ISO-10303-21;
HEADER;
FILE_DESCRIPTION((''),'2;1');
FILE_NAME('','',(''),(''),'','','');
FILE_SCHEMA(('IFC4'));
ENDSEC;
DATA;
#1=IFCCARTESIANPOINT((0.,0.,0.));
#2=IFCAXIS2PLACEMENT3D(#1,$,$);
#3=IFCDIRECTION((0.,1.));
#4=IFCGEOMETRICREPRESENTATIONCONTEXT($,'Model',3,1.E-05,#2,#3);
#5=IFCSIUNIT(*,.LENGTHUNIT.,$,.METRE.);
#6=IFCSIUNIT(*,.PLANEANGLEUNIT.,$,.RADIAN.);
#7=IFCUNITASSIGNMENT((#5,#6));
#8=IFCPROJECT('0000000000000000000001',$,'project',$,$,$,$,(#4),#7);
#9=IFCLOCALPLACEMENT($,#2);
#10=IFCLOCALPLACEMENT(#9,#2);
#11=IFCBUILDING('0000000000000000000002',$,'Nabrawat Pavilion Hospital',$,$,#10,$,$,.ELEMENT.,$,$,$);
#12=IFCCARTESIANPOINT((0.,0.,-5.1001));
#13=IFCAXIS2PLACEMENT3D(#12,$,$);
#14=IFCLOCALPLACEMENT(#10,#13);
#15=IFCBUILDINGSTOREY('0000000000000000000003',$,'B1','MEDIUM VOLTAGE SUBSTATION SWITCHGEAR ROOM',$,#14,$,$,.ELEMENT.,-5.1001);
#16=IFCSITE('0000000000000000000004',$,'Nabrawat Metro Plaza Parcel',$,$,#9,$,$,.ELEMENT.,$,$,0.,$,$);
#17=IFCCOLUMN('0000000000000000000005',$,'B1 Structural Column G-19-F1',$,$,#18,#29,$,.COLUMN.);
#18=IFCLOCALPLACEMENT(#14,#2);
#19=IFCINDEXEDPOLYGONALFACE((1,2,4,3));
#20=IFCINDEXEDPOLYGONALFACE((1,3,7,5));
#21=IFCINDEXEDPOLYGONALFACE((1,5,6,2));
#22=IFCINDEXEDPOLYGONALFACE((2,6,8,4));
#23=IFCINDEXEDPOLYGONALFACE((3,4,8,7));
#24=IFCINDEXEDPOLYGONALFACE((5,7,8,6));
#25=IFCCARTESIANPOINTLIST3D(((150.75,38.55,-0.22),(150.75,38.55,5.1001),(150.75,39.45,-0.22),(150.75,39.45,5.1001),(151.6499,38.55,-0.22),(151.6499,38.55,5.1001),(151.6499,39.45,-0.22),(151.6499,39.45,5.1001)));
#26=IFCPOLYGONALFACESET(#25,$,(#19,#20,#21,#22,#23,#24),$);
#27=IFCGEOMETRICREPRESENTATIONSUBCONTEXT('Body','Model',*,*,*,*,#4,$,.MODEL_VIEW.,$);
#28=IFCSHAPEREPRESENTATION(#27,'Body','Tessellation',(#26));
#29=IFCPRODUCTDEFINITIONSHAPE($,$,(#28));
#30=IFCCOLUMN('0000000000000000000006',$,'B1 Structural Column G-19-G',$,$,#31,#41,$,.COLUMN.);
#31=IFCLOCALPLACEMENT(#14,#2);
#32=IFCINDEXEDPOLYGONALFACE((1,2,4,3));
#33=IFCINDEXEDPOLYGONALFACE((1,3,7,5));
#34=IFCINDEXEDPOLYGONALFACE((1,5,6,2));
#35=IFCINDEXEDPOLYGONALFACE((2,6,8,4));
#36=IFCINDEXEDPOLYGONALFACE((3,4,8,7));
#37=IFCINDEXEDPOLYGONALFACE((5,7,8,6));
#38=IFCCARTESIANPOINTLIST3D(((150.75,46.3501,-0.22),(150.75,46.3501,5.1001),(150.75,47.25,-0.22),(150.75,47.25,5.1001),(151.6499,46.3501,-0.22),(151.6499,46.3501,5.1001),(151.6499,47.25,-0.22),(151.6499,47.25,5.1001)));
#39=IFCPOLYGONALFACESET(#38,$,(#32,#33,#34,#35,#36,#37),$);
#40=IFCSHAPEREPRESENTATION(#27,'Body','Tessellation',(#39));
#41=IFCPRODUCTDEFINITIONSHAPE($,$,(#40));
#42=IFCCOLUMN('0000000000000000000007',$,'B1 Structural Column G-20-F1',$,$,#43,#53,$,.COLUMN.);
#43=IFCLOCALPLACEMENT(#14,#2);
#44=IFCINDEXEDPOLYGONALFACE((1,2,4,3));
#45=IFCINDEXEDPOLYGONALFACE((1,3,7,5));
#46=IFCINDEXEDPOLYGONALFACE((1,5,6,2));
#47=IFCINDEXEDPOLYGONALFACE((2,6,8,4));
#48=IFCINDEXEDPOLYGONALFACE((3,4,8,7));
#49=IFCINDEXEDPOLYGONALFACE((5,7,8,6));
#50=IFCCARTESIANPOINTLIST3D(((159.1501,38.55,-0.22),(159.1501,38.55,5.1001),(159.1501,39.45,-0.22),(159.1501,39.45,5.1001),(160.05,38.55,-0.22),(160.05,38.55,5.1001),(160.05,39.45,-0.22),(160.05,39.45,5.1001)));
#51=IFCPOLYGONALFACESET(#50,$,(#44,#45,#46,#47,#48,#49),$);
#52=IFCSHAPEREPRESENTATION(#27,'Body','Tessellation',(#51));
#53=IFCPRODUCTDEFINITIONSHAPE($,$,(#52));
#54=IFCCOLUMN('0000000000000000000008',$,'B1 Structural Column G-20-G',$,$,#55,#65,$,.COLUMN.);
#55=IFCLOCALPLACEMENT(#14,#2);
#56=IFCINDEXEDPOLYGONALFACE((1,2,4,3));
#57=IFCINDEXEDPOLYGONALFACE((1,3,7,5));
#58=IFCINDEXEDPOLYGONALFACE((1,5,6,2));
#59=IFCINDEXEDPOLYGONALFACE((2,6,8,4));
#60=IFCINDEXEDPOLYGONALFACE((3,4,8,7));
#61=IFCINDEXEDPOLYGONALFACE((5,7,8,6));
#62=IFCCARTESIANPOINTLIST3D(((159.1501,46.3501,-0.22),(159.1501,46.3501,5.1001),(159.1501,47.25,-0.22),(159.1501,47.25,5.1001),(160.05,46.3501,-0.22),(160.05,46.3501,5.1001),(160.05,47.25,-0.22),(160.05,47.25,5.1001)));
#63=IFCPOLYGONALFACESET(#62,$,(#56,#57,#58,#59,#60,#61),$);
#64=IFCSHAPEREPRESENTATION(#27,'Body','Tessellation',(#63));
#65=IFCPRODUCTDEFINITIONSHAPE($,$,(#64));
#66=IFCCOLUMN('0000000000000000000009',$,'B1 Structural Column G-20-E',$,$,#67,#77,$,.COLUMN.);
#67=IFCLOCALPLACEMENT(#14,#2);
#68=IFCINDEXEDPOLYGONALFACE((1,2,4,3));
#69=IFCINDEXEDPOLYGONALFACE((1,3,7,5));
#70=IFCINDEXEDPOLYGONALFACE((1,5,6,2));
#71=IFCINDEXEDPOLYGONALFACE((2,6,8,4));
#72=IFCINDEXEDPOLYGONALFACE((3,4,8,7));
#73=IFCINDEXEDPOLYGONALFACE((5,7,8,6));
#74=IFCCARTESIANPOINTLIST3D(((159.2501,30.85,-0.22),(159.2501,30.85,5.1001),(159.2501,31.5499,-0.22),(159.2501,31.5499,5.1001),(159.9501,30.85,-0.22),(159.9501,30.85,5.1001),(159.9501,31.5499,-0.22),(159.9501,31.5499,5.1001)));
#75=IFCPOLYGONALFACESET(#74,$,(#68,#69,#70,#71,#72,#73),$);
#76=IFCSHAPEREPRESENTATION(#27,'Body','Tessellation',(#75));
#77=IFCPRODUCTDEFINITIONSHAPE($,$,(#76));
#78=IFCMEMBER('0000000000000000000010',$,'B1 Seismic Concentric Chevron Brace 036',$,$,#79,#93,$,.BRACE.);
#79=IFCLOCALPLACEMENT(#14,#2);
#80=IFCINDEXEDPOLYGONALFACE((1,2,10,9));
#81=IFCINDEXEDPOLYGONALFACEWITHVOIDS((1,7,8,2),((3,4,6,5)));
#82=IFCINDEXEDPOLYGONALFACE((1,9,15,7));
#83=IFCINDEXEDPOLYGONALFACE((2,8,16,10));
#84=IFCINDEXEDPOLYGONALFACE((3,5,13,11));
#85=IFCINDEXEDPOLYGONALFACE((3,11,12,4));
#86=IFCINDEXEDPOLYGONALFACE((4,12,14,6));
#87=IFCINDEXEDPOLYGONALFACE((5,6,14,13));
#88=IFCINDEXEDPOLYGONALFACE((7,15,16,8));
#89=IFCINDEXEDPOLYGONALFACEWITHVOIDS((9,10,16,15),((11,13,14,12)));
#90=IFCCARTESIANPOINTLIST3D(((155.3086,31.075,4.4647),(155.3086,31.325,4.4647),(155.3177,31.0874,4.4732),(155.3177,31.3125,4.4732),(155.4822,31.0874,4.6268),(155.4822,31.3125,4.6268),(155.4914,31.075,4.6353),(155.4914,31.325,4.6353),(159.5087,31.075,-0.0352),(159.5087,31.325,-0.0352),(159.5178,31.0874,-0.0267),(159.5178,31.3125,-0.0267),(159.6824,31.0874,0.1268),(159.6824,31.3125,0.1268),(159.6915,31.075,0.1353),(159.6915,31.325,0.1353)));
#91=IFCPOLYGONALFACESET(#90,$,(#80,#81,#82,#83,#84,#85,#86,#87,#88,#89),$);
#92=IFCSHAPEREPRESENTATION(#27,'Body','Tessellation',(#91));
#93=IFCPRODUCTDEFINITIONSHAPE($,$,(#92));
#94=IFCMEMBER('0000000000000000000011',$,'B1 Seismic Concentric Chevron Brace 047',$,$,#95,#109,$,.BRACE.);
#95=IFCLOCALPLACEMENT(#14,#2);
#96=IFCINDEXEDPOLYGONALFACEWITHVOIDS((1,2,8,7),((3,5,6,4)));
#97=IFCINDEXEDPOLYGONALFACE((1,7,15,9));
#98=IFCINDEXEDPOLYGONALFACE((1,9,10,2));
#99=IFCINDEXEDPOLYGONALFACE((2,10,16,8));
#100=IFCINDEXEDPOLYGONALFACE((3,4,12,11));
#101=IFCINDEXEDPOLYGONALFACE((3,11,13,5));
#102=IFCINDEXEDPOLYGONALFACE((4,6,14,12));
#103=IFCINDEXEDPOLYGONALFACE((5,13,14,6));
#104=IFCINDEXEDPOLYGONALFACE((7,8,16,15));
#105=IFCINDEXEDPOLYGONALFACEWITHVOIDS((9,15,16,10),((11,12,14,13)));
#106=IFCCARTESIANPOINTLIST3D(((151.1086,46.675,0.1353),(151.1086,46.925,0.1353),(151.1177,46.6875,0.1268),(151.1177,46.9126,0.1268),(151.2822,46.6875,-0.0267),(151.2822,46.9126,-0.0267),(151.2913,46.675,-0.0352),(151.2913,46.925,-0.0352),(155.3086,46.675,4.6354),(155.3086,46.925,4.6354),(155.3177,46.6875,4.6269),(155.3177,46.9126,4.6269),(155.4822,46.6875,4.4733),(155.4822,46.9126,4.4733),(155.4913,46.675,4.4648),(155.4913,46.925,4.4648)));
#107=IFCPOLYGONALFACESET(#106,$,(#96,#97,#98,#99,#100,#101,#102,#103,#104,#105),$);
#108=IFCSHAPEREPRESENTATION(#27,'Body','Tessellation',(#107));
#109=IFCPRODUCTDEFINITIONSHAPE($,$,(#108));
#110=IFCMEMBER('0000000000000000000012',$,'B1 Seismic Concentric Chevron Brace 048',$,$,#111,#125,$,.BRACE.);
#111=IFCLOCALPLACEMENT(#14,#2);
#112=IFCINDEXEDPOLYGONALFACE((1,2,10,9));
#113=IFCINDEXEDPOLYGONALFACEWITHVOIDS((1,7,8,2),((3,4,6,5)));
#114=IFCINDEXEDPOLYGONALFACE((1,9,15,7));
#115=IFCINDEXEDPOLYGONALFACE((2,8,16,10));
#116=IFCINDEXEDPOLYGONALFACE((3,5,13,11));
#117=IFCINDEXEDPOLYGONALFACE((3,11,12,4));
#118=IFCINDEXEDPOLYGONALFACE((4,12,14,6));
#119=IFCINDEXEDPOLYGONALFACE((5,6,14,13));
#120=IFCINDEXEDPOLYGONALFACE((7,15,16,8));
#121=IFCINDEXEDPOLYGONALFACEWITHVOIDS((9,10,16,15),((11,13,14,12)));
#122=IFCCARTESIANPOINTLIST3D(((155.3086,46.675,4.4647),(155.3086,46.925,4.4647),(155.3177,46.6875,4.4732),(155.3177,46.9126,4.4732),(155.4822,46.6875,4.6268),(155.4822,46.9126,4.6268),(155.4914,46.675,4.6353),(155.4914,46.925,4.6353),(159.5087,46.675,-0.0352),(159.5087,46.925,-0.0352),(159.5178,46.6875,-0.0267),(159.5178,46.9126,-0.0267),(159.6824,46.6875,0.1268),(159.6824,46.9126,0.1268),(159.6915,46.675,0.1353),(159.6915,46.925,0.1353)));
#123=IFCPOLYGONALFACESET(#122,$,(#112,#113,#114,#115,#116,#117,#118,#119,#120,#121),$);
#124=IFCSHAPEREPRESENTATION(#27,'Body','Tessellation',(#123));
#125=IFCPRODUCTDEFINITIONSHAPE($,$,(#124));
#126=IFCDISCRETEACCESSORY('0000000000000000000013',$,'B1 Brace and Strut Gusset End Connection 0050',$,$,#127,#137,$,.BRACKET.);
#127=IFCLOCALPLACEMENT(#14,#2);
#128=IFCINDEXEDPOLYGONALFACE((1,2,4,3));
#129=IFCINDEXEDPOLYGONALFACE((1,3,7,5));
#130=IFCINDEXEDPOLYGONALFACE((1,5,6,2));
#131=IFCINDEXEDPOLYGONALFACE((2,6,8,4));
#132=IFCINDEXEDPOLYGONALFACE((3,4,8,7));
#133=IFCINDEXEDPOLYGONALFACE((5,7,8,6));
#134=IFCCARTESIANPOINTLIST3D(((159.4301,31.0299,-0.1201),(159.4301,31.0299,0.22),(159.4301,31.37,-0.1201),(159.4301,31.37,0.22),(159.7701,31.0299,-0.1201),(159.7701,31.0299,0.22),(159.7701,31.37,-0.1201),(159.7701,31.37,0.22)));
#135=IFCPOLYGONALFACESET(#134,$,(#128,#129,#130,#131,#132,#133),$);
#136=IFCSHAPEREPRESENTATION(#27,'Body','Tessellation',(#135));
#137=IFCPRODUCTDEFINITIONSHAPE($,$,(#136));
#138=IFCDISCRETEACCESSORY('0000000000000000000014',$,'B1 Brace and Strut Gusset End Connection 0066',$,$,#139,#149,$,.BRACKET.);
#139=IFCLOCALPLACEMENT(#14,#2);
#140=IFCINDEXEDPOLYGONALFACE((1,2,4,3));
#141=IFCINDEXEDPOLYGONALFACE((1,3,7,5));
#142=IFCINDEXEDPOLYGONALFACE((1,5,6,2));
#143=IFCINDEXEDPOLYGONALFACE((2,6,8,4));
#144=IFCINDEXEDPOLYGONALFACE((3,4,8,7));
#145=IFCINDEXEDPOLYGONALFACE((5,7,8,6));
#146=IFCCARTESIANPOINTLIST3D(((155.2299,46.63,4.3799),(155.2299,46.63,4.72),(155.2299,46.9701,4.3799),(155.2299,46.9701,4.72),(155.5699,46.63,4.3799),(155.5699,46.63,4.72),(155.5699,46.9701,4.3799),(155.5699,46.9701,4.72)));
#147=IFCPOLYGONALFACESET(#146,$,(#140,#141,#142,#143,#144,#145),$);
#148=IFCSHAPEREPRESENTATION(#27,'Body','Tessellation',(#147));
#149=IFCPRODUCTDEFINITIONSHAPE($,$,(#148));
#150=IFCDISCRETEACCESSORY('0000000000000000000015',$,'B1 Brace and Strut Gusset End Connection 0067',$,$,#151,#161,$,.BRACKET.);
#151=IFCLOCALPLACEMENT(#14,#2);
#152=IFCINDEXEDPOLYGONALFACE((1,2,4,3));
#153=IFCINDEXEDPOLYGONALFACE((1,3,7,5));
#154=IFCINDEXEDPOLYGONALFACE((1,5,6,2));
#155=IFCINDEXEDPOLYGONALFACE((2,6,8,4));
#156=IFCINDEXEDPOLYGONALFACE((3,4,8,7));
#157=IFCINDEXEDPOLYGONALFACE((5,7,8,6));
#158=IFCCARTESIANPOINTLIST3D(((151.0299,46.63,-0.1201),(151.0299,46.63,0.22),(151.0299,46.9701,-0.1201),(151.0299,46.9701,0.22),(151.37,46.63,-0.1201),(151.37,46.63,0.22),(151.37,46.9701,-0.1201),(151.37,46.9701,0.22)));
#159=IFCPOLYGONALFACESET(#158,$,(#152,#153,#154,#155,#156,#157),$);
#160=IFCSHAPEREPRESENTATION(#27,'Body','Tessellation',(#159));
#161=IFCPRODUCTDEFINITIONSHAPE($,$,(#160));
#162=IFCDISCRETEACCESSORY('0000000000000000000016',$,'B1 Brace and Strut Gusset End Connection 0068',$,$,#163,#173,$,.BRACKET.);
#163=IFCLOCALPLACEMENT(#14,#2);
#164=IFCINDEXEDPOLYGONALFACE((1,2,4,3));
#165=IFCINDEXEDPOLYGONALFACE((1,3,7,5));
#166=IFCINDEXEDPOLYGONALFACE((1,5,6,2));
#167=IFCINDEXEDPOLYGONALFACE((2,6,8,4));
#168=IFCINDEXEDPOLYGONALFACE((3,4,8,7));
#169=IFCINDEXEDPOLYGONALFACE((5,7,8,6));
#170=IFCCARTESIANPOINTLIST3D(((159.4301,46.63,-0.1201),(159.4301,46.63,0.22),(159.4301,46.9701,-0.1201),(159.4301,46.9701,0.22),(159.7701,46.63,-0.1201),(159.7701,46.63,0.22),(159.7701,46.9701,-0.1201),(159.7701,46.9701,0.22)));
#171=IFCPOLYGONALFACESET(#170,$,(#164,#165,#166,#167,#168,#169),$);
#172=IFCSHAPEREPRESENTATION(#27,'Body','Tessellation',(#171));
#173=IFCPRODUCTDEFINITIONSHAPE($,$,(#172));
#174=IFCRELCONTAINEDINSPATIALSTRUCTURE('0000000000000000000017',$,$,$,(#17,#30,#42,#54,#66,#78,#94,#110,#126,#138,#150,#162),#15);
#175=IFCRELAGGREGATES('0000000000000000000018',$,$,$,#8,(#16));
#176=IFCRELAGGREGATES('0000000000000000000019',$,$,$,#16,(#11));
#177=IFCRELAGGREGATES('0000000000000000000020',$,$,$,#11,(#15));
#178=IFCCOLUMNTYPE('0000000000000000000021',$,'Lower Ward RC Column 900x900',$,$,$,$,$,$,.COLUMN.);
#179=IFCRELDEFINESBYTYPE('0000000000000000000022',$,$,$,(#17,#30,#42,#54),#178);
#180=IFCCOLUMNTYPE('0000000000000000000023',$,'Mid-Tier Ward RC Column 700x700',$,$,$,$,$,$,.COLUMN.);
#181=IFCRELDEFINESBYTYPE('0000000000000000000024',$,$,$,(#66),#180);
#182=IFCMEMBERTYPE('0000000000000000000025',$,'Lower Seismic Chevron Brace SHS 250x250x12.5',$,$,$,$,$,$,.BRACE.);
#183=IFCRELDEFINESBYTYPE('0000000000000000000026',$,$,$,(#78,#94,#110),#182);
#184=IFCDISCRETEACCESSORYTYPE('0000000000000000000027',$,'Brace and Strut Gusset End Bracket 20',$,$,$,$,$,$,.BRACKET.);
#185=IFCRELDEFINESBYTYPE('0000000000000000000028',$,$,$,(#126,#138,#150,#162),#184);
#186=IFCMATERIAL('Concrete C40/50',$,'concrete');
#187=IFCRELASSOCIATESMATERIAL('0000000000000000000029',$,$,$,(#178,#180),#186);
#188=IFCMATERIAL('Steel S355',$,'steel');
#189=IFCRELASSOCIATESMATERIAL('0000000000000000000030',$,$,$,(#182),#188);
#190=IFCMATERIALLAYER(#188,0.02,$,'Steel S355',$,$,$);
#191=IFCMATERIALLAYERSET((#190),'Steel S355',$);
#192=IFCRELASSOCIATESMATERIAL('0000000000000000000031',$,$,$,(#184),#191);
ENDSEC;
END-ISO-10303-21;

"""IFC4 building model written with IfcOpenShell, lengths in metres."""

from ifc_helpers import new_model, si_unit, direction, frame, origin, origin_2d, place, context, subcontext, project, spatial, rectangle, hollow_rectangle, extrude, material, layer, layer_set, material_profile, profile_set, type_object, element, save


model = new_model("IFC4")

# Units and contexts
model_context = context("Model", 3, precision=1e-05, world=origin(), true_north=direction((0.0, 1.0)))
body_context = subcontext(model_context, "Body", "Model", "MODEL_VIEW")
ifc_project = project(units=[si_unit("LENGTHUNIT", "METRE"), si_unit("PLANEANGLEUNIT", "RADIAN")], contexts=[model_context])

# Site, building, storey
site_placement = place(None, origin())
site = spatial("IfcSite", under=ifc_project, at=site_placement, Name="Nabrawat Metro Plaza Parcel", CompositionType="ELEMENT", RefElevation=0.0)
building_placement = place(site_placement, origin())
building = spatial("IfcBuilding", under=site, at=building_placement, Name="Nabrawat Pavilion Hospital", CompositionType="ELEMENT")
storey_placement = place(building_placement, frame((0.0, 0.0, -5.1001)))
storey = spatial("IfcBuildingStorey", under=building, at=storey_placement, Name="B1", Description="MEDIUM VOLTAGE SUBSTATION SWITCHGEAR ROOM", CompositionType="ELEMENT", Elevation=-5.1001)

# Columns
ifc_material_1 = material(Name="Steel S355", Category="steel")
ifc_material_2 = material(Name="Concrete C40/50", Category="concrete")
ifc_material_profile_1 = material_profile(ifc_material_2, rectangle(XDim=0.8999, YDim=0.8999, at=origin_2d()), Name="RC 900x900")
ifc_profile_set_1 = profile_set([ifc_material_profile_1], Name="Concrete C40/50")
column_type_1 = type_object("IfcColumnType", Name="Lower Ward RC Column 900x900", PredefinedType="COLUMN", material=ifc_profile_set_1)
for number, where, z_axis, x_axis, name in (
    (1, (151.2, 39.0, -0.22), (0.0, 0.0, 1.0), (1.0, 0.0, 0.0), "B1 Structural Column G-19-F1"),
    (2, (151.2, 46.8, -0.22), (0.0, 0.0, 1.0), (1.0, 0.0, 0.0), "B1 Structural Column G-19-G"),
    (3, (159.6001, 39.0, -0.22), (0.0, 0.0, 1.0), (1.0, 0.0, 0.0), "B1 Structural Column G-20-F1"),
    (4, (159.6001, 46.8, -0.22), (0.0, 0.0, 1.0), (1.0, 0.0, 0.0), "B1 Structural Column G-20-G"),
):
    element("IfcColumn", number, at=place(storey_placement, frame(where, z_axis=z_axis, x_axis=x_axis)), inside=storey, type_object=column_type_1, Name=name, PredefinedType="COLUMN", context=body_context, shape_type="SweptSolid", body=[
        extrude(rectangle(XDim=0.8999, YDim=0.8999, at=origin_2d()), origin(), (0.0, 0.0, 1.0), 5.3201),
    ])
ifc_material_profile_2 = material_profile(ifc_material_2, rectangle(XDim=0.7, YDim=0.7, at=origin_2d()), Name="RC 700x700")
ifc_profile_set_2 = profile_set([ifc_material_profile_2], Name="Concrete C40/50")
column_type_2 = type_object("IfcColumnType", Name="Mid-Tier Ward RC Column 700x700", PredefinedType="COLUMN", material=ifc_profile_set_2)
column_placement = place(storey_placement, frame((159.6001, 31.2, -0.22), z_axis=(0.0, 0.0, 1.0), x_axis=(1.0, 0.0, 0.0)))
element("IfcColumn", 5, at=column_placement, inside=storey, type_object=column_type_2, Name="B1 Structural Column G-20-E", PredefinedType="COLUMN", context=body_context, shape_type="SweptSolid", body=[
    extrude(rectangle(XDim=0.7, YDim=0.7, at=origin_2d()), origin(), (0.0, 0.0, 1.0), 5.3201),
])

# Members
ifc_material_profile_3 = material_profile(ifc_material_1, hollow_rectangle(XDim=0.25, YDim=0.25, WallThickness=0.0125, at=origin_2d()), Name="SHS 250x250x12.5")
ifc_profile_set_3 = profile_set([ifc_material_profile_3], Name="Steel S355")
member_type = type_object("IfcMemberType", Name="Lower Seismic Chevron Brace SHS 250x250x12.5", PredefinedType="BRACE", material=ifc_profile_set_3)
for number, where, z_axis, x_axis, name in (
    (6, (159.6001, 31.2, 0.05), (-0.682335, 0.0, 0.731039), (0.0, -1.0, 0.0), "B1 Seismic Concentric Chevron Brace 036"),
    (7, (151.2, 46.8, 0.05), (0.682314, 0.0, 0.731059), (0.0, 1.0, 0.0), "B1 Seismic Concentric Chevron Brace 047"),
    (8, (159.6001, 46.8, 0.05), (-0.682335, 0.0, 0.731039), (0.0, -1.0, 0.0), "B1 Seismic Concentric Chevron Brace 048"),
):
    element("IfcMember", number, at=place(storey_placement, frame(where, z_axis=z_axis, x_axis=x_axis)), inside=storey, type_object=member_type, Name=name, PredefinedType="BRACE", context=body_context, shape_type="SweptSolid", body=[
        extrude(hollow_rectangle(XDim=0.25, YDim=0.25, WallThickness=0.0125, at=origin_2d()), origin(), (0.0, 0.0, 1.0), 6.1555),
    ])

# Discrete accessories
ifc_layer = layer(ifc_material_1, 0.02, Name="Steel S355")
ifc_layer_set = layer_set([ifc_layer], Name="Steel S355")
discrete_accessory_type = type_object("IfcDiscreteAccessoryType", Name="Brace and Strut Gusset End Bracket 20", PredefinedType="BRACKET", material=ifc_layer_set)
for number, where, z_axis, x_axis, name in (
    (9, (159.6001, 31.2, -0.1201), (0.0, 0.0, 1.0), (1.0, 0.0, 0.0), "B1 Brace and Strut Gusset End Connection 0050"),
    (10, (155.3999, 46.8, 4.3799), (0.0, 0.0, 1.0), (1.0, 0.0, 0.0), "B1 Brace and Strut Gusset End Connection 0066"),
    (11, (151.2, 46.8, -0.1201), (0.0, 0.0, 1.0), (1.0, 0.0, 0.0), "B1 Brace and Strut Gusset End Connection 0067"),
    (12, (159.6001, 46.8, -0.1201), (0.0, 0.0, 1.0), (1.0, 0.0, 0.0), "B1 Brace and Strut Gusset End Connection 0068"),
):
    element("IfcDiscreteAccessory", number, at=place(storey_placement, frame(where, z_axis=z_axis, x_axis=x_axis)), inside=storey, type_object=discrete_accessory_type, Name=name, PredefinedType="BRACKET", context=body_context, shape_type="SweptSolid", body=[
        extrude(rectangle(XDim=0.3401, YDim=0.3401, at=origin_2d()), origin(), (0.0, 0.0, 1.0), 0.3401),
    ])

save(model, "model.ifc")
